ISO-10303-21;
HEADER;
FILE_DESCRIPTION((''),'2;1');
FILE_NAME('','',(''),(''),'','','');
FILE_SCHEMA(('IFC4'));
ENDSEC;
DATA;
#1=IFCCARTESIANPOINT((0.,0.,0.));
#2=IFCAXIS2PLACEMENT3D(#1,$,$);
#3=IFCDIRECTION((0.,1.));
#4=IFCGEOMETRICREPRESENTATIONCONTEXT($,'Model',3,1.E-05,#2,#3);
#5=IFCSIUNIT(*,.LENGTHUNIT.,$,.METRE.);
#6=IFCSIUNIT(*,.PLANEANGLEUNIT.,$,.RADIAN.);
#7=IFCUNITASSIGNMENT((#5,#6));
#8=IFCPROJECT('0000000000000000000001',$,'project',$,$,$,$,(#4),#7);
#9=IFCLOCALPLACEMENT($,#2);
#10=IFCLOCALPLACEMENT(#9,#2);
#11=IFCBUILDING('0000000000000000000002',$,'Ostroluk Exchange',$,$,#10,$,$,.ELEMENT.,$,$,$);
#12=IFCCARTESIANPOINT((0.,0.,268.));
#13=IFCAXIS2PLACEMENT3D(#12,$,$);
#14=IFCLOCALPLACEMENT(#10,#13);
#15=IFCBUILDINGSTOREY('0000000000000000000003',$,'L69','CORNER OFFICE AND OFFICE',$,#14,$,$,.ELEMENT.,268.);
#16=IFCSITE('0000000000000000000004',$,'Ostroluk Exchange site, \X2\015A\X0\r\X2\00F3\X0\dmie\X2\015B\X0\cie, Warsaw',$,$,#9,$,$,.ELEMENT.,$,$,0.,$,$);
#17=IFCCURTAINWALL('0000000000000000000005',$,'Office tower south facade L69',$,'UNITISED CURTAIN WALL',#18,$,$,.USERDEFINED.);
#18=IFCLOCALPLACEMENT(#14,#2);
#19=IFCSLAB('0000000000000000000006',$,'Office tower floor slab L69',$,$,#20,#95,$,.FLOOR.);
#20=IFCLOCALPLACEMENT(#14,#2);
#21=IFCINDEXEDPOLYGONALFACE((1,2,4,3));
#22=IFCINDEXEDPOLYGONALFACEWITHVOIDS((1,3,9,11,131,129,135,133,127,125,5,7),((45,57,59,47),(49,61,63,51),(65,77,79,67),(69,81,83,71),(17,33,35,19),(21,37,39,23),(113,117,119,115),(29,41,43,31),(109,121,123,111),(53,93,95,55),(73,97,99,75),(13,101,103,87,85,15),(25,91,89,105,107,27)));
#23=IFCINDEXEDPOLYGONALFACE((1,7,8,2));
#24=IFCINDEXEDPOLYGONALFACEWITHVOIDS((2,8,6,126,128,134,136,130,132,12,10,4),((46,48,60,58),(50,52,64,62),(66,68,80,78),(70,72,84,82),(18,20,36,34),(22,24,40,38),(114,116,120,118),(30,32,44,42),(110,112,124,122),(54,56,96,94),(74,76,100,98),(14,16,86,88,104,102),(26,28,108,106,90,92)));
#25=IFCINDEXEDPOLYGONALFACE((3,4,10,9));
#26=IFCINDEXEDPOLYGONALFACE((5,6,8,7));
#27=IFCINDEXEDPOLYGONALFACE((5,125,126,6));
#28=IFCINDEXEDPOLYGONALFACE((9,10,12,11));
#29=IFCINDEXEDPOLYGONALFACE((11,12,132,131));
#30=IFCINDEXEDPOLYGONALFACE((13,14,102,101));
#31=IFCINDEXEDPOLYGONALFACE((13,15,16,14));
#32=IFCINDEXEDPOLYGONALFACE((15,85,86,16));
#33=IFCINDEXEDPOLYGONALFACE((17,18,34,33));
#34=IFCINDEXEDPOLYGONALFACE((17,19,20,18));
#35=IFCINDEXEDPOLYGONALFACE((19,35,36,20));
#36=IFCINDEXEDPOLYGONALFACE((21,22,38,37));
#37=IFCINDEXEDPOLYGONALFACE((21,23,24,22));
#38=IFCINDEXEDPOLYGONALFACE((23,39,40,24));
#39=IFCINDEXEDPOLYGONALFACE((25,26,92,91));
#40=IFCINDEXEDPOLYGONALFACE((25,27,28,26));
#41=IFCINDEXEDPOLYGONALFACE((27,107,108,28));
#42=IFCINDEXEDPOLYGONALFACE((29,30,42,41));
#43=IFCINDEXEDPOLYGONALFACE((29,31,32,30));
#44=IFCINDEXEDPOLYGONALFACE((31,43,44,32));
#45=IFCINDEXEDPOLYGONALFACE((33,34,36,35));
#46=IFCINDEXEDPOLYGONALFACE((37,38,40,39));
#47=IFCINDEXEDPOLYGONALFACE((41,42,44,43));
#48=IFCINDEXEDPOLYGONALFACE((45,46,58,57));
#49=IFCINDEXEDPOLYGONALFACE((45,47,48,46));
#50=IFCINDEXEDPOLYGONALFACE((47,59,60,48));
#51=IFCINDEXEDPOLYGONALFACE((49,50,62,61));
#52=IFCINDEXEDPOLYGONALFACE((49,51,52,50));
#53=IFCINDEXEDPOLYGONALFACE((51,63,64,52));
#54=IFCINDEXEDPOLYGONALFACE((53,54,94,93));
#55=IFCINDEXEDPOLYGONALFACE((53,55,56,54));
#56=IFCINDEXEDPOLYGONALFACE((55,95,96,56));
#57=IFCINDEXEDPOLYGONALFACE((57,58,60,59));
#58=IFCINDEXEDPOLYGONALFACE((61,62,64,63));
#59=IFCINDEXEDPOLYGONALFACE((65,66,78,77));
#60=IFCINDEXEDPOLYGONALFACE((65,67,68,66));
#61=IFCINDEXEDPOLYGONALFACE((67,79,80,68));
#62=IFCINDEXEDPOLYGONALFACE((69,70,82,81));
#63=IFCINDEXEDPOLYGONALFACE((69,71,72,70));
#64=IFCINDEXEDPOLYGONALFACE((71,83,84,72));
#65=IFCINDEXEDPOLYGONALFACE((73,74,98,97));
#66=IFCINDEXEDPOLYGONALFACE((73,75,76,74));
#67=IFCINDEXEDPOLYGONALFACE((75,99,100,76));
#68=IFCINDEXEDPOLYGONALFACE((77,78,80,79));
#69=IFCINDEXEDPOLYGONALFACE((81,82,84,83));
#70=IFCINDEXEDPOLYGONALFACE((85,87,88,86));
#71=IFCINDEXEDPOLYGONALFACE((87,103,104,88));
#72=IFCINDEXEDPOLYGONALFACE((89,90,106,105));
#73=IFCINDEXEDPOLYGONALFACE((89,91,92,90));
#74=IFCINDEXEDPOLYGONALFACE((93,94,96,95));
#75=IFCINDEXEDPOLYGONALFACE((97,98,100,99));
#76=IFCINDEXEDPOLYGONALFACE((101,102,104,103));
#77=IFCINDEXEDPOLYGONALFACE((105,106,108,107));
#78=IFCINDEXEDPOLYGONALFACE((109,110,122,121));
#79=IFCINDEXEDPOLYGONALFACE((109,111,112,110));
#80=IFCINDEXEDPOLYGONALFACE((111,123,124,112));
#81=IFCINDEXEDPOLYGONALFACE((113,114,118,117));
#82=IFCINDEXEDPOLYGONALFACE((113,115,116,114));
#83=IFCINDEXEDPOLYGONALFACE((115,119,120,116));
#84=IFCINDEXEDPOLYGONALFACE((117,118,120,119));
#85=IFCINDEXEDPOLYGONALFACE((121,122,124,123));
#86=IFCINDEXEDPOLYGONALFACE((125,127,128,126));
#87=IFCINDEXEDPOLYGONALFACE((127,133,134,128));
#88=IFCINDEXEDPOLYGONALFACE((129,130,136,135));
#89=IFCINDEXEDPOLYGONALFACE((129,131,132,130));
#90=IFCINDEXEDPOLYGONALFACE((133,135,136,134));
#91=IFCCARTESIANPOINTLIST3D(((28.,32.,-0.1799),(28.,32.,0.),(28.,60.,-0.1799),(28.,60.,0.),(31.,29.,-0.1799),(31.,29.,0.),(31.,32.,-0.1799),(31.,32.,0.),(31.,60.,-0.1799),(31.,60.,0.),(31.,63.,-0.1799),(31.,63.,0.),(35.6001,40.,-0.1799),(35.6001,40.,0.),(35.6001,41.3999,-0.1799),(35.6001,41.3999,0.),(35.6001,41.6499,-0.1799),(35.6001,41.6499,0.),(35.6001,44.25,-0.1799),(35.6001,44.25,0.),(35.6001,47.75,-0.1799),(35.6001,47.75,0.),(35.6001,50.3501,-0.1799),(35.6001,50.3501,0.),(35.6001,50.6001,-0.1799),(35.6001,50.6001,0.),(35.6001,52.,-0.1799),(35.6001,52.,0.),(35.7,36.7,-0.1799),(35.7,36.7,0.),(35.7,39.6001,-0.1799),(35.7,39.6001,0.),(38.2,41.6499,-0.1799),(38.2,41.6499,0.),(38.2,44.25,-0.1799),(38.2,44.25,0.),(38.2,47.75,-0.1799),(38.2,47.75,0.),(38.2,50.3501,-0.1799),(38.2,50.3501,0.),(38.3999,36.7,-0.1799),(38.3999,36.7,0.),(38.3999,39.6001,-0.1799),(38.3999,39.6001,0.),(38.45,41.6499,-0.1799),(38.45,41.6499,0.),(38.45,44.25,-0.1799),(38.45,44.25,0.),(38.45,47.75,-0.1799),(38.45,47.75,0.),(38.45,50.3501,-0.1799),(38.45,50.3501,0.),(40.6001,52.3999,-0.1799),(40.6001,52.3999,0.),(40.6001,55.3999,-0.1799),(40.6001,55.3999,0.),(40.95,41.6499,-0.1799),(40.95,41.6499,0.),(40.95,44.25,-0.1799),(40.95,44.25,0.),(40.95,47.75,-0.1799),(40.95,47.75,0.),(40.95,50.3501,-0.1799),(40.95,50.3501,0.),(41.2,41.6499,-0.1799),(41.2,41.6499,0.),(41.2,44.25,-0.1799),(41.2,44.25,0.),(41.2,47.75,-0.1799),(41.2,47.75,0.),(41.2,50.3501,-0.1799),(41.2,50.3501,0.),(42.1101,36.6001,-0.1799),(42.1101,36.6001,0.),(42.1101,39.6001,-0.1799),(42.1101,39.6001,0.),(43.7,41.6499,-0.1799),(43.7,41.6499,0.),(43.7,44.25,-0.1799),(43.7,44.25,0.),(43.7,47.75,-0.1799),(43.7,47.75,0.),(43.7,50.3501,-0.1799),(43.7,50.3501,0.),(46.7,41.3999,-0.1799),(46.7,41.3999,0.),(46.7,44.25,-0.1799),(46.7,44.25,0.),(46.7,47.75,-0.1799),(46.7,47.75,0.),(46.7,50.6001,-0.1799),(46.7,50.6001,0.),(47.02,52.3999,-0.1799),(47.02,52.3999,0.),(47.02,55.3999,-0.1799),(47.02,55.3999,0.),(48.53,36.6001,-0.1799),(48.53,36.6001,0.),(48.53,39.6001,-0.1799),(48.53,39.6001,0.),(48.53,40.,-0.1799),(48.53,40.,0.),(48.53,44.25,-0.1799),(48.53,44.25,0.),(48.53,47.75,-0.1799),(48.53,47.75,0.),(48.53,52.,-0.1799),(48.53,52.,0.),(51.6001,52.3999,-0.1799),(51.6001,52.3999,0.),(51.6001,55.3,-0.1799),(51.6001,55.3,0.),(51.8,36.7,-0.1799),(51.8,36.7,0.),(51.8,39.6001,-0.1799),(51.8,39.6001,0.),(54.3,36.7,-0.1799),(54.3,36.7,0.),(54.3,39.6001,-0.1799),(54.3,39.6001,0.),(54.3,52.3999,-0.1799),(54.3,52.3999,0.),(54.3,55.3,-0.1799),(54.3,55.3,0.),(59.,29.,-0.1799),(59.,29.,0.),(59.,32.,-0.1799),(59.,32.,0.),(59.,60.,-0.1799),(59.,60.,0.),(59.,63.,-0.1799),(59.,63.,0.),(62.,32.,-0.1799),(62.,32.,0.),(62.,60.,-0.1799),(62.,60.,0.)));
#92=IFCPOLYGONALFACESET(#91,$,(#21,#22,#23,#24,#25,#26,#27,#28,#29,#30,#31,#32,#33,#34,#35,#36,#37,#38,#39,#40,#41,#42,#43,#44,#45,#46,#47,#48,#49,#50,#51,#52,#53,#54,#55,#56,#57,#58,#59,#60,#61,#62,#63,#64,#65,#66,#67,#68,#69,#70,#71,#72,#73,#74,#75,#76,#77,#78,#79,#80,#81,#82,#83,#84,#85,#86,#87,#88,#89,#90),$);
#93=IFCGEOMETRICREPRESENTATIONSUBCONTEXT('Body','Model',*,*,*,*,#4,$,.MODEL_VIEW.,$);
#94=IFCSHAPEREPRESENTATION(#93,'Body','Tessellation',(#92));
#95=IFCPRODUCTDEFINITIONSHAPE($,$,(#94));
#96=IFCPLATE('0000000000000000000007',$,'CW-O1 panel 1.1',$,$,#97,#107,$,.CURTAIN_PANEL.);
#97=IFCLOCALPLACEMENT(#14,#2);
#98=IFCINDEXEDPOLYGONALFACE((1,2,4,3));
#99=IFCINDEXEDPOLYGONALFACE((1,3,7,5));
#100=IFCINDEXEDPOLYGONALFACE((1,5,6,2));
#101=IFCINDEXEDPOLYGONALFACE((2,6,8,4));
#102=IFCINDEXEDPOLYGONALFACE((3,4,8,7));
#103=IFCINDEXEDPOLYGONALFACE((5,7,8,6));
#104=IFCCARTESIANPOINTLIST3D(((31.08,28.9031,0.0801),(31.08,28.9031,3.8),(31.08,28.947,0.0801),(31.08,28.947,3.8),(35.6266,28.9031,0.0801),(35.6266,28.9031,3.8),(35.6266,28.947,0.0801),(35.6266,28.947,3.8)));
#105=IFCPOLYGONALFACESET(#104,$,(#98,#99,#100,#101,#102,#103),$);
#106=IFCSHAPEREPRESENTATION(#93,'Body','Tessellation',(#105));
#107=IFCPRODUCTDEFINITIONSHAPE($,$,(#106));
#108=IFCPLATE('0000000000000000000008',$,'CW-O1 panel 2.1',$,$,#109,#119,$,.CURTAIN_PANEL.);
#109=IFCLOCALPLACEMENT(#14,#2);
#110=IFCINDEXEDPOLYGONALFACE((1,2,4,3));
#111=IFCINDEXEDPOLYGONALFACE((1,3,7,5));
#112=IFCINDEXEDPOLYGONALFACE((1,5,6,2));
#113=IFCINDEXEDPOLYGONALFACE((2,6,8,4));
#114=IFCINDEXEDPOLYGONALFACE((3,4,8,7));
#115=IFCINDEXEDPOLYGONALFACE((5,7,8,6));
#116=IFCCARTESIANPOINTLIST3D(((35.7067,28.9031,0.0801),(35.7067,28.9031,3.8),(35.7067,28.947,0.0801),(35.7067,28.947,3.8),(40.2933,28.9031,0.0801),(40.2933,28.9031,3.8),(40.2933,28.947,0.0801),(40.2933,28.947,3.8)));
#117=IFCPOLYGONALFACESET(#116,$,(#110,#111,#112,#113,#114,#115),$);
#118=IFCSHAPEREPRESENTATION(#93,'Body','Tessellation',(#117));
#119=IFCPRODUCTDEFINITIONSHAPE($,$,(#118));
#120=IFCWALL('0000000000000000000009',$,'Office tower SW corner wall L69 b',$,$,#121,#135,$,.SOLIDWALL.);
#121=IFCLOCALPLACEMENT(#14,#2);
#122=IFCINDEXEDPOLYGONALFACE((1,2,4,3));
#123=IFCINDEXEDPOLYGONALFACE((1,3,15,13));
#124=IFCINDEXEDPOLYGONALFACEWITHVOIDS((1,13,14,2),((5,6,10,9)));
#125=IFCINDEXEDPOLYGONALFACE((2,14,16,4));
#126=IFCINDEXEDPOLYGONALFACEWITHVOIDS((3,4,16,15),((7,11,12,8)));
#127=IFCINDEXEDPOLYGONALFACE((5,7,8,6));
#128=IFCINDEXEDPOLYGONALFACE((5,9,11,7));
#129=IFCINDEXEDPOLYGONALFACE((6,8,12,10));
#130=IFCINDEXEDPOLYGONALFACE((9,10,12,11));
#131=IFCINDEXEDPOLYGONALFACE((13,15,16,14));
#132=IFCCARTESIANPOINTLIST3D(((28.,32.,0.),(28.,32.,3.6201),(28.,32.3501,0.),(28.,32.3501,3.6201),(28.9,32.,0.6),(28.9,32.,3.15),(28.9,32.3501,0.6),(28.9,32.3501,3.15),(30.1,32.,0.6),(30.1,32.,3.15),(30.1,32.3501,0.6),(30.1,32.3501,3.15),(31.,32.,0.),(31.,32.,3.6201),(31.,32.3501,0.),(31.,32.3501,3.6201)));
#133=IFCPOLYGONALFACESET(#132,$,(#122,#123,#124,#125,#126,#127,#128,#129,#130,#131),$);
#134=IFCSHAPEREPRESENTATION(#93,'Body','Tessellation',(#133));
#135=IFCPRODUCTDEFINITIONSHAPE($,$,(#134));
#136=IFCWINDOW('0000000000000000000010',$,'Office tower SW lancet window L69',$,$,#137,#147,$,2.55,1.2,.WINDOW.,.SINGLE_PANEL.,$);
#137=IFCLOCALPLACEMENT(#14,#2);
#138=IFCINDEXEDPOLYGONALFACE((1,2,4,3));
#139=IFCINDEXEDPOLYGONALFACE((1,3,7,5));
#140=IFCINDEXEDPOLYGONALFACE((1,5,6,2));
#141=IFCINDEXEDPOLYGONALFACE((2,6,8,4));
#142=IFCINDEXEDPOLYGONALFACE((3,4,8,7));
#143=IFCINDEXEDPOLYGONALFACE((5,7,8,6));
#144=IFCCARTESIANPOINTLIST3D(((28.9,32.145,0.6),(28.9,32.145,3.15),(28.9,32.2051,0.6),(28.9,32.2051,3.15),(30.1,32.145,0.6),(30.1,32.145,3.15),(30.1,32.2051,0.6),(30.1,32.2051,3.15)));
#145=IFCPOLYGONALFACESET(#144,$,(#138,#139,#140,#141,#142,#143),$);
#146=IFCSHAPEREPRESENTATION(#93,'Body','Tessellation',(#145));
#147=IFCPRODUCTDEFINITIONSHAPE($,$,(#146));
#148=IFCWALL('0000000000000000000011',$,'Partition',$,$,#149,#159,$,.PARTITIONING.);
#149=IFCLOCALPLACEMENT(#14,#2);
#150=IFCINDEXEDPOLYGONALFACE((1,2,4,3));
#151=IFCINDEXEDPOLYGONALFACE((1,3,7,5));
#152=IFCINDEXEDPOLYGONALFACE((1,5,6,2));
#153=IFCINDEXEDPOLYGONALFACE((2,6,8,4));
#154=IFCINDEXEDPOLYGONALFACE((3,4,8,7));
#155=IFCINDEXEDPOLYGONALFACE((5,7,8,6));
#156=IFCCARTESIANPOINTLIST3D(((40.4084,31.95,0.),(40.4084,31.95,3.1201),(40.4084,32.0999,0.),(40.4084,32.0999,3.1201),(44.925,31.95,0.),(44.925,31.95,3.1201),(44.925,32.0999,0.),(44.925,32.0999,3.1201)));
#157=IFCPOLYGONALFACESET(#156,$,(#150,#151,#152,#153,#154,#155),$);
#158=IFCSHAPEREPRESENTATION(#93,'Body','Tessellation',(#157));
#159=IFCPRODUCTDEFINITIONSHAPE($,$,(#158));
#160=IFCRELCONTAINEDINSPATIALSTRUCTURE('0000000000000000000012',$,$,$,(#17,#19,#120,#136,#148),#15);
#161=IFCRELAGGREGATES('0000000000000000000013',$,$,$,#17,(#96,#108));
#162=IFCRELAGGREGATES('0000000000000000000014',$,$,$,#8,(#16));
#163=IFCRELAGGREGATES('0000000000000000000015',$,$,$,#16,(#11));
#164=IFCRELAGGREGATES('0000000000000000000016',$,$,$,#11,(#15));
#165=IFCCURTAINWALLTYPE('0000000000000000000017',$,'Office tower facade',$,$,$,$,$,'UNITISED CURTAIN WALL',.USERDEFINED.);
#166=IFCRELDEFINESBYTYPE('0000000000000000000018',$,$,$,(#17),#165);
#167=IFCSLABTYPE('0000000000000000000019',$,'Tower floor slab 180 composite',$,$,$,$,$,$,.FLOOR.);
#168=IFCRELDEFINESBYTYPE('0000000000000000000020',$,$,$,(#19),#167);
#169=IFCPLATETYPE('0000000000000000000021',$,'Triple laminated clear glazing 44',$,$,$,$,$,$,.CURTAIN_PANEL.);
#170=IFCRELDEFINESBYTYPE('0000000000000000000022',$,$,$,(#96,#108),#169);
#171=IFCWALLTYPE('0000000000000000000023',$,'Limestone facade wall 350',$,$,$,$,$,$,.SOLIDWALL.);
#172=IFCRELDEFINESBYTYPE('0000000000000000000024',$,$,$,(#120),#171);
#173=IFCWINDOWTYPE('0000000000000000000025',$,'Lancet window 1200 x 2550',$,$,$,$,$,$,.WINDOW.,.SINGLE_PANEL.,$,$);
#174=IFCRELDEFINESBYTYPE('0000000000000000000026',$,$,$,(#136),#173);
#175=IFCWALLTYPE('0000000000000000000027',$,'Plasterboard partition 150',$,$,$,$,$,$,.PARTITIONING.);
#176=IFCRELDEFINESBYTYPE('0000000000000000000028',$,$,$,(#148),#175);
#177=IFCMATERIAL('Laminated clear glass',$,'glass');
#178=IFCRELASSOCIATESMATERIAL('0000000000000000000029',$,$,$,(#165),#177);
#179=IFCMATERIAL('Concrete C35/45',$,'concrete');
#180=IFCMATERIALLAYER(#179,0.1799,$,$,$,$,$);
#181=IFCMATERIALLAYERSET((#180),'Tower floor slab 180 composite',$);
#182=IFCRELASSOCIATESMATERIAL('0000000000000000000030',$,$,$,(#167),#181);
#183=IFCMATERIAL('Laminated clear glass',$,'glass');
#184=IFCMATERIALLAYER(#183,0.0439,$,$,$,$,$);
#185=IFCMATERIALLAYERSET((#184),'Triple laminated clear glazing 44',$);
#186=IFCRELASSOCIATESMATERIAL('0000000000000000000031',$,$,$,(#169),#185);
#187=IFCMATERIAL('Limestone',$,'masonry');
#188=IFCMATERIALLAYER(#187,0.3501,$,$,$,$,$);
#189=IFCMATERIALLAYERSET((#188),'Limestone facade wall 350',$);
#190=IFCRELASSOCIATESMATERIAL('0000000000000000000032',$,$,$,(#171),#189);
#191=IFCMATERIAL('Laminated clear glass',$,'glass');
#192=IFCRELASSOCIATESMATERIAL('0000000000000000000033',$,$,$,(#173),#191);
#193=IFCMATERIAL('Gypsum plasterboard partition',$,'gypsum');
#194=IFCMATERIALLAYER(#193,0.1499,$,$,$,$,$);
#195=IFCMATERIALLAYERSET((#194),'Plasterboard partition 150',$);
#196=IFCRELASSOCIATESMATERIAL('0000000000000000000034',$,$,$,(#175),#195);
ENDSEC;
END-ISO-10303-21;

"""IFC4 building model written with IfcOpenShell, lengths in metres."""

from ifc_helpers import new_model, si_unit, direction, frame, frame_2d, origin, origin_2d, place, context, subcontext, project, spatial, polyline, rectangle, outline, extrude, material, layer, layer_set, type_object, element, fill, aggregate, save


model = new_model("IFC4")

# Units and contexts
model_context = context("Model", 3, precision=1e-05, world=origin(), true_north=direction((0.0, 1.0)))
body_context = subcontext(model_context, "Body", "Model", "MODEL_VIEW")
ifc_project = project(units=[si_unit("LENGTHUNIT", "METRE"), si_unit("PLANEANGLEUNIT", "RADIAN")], contexts=[model_context])

# Site, building, storey
site_placement = place(None, origin())
site = spatial("IfcSite", under=ifc_project, at=site_placement, Name="Ostroluk Exchange site, Śródmieście, Warsaw", CompositionType="ELEMENT", RefElevation=0.0)
building_placement = place(site_placement, origin())
building = spatial("IfcBuilding", under=site, at=building_placement, Name="Ostroluk Exchange", CompositionType="ELEMENT")
storey_placement = place(building_placement, frame((0.0, 0.0, 268.0)))
storey = spatial("IfcBuildingStorey", under=building, at=storey_placement, Name="L69", Description="CORNER OFFICE AND OFFICE", CompositionType="ELEMENT", Elevation=268.0)

# Curtain wall
ifc_material_1 = material(Name="Laminated clear glass", Category="glass")
curtain_wall_type = type_object("IfcCurtainWallType", Name="Office tower facade", ElementType="UNITISED CURTAIN WALL", PredefinedType="USERDEFINED", material=ifc_material_1)
curtain_wall_1_placement = place(storey_placement, origin())
curtain_wall_1 = element("IfcCurtainWall", 1, at=curtain_wall_1_placement, inside=storey, type_object=curtain_wall_type, Name="Office tower south facade L69", ObjectType="UNITISED CURTAIN WALL", PredefinedType="USERDEFINED")

# Slab
ifc_material_2 = material(Name="Concrete C35/45", Category="concrete")
ifc_layer_1 = layer(ifc_material_2, 0.1799)
ifc_layer_set_1 = layer_set([ifc_layer_1], Name="Tower floor slab 180 composite")
slab_type_1 = type_object("IfcSlabType", Name="Tower floor slab 180 composite", PredefinedType="FLOOR", material=ifc_layer_set_1)
slab_1_placement = place(storey_placement, frame((0.0, 0.0, -0.1799)))
element("IfcSlab", 2, at=slab_1_placement, inside=storey, type_object=slab_type_1, Name="Office tower floor slab L69", PredefinedType="FLOOR", context=body_context, shape_type="SweptSolid", body=[
    extrude(outline(polyline([(31.0, 29.0), (59.0, 29.0), (59.0, 32.0), (62.0, 32.0), (62.0, 60.0), (59.0, 60.0), (59.0, 63.0), (31.0, 63.0), (31.0, 60.0), (28.0, 60.0), (28.0, 32.0), (31.0, 32.0), (31.0, 29.0)]), holes=[polyline([(35.7, 36.7), (38.3999, 36.7), (38.3999, 39.6001), (35.7, 39.6001), (35.7, 36.7)]), polyline([(42.1101, 36.6001), (48.53, 36.6001), (48.53, 39.6001), (42.1101, 39.6001), (42.1101, 36.6001)]), polyline([(51.8, 36.7), (54.3, 36.7), (54.3, 39.6001), (51.8, 39.6001), (51.8, 36.7)]), polyline([(40.6001, 52.3999), (47.02, 52.3999), (47.02, 55.3999), (40.6001, 55.3999), (40.6001, 52.3999)]), polyline([(51.6001, 52.3999), (54.3, 52.3999), (54.3, 55.3), (51.6001, 55.3), (51.6001, 52.3999)]), polyline([(35.6001, 47.75), (38.2, 47.75), (38.2, 50.3501), (35.6001, 50.3501), (35.6001, 47.75)]), polyline([(38.45, 47.75), (40.95, 47.75), (40.95, 50.3501), (38.45, 50.3501), (38.45, 47.75)]), polyline([(41.2, 47.75), (43.7, 47.75), (43.7, 50.3501), (41.2, 50.3501), (41.2, 47.75)]), polyline([(35.6001, 41.6499), (38.2, 41.6499), (38.2, 44.25), (35.6001, 44.25), (35.6001, 41.6499)]), polyline([(38.45, 41.6499), (40.95, 41.6499), (40.95, 44.25), (38.45, 44.25), (38.45, 41.6499)]), polyline([(41.2, 41.6499), (43.7, 41.6499), (43.7, 44.25), (41.2, 44.25), (41.2, 41.6499)]), polyline([(48.53, 52.0), (48.53, 47.75), (46.7, 47.75), (46.7, 50.6001), (35.6001, 50.6001), (35.6001, 52.0), (48.53, 52.0)]), polyline([(35.6001, 40.0), (35.6001, 41.3999), (46.7, 41.3999), (46.7, 44.25), (48.53, 44.25), (48.53, 40.0), (35.6001, 40.0)])]), origin(), (0.0, 0.0, 1.0), 0.1799),
])

# Plates
ifc_material_3 = material(Name="Laminated clear glass", Category="glass")
ifc_layer_2 = layer(ifc_material_3, 0.0439)
ifc_layer_set_2 = layer_set([ifc_layer_2], Name="Triple laminated clear glazing 44")
plate_type_1 = type_object("IfcPlateType", Name="Triple laminated clear glazing 44", PredefinedType="CURTAIN_PANEL", material=ifc_layer_set_2)
plate_1_placement = place(storey_placement, frame((33.3533, 28.925, 0.0801), z_axis=(0.0, 0.0, 1.0), x_axis=(1.0, 0.0, 0.0)))
plate_1 = element("IfcPlate", 3, at=plate_1_placement, type_object=plate_type_1, Name="CW-O1 panel 1.1", PredefinedType="CURTAIN_PANEL", context=body_context, shape_type="SweptSolid", body=[
    extrude(rectangle(XDim=4.5466, YDim=0.0439, at=origin_2d()), origin(), (0.0, 0.0, 1.0), 3.72),
])
plate_2_placement = place(storey_placement, frame((38.0, 28.925, 0.0801), z_axis=(0.0, 0.0, 1.0), x_axis=(1.0, 0.0, 0.0)))
plate_2 = element("IfcPlate", 4, at=plate_2_placement, type_object=plate_type_1, Name="CW-O1 panel 2.1", PredefinedType="CURTAIN_PANEL", context=body_context, shape_type="SweptSolid", body=[
    extrude(rectangle(XDim=4.5867, YDim=0.0439, at=origin_2d()), origin(), (0.0, 0.0, 1.0), 3.72),
])
aggregate(curtain_wall_1, [plate_1, plate_2])

# Shared definitions
ifc_material_4 = material(Name="Limestone", Category="masonry")
ifc_layer_3 = layer(ifc_material_4, 0.3501)
ifc_layer_set_3 = layer_set([ifc_layer_3], Name="Limestone facade wall 350")
wall_type_1 = type_object("IfcWallType", Name="Limestone facade wall 350", PredefinedType="SOLIDWALL", material=ifc_layer_set_3)

# Wall, opening, window
wall_1_placement = place(storey_placement, frame((31.0, 32.175, 0.0), z_axis=(0.0, 0.0, 1.0), x_axis=(-1.0, 0.0, 0.0)))
wall_1 = element("IfcWall", 5, at=wall_1_placement, inside=storey, type_object=wall_type_1, Name="Office tower SW corner wall L69 b", PredefinedType="SOLIDWALL", context=body_context, shape_type="SweptSolid", body=[
    extrude(rectangle(XDim=3.0, YDim=0.3501, at=frame_2d((1.5, 0.0))), origin(), (0.0, 0.0, 1.0), 3.6201),
])
opening_1_placement = place(wall_1_placement, frame((0.8999, 0.0, 0.6001)))
opening_1 = element("IfcOpeningElement", 6, at=opening_1_placement, cuts=wall_1, PredefinedType="OPENING", context=body_context, shape_type="SweptSolid", body=[
    extrude(rectangle(XDim=1.2, YDim=2.55, at=frame_2d((0.6001, 1.2749))), frame((0.0, 0.1851, 0.0), z_axis=(0.0, -1.0, 0.0), x_axis=(1.0, 0.0, 0.0)), (0.0, 0.0, 1.0), 0.3701),
])
ifc_material_5 = material(Name="Laminated clear glass", Category="glass")
window_type = type_object("IfcWindowType", Name="Lancet window 1200 x 2550", PartitioningType="SINGLE_PANEL", PredefinedType="WINDOW", material=ifc_material_5)
window_placement = place(opening_1_placement, origin())
window = element("IfcWindow", 7, at=window_placement, inside=storey, type_object=window_type, Name="Office tower SW lancet window L69", OverallHeight=2.55, OverallWidth=1.2, PartitioningType="SINGLE_PANEL", PredefinedType="WINDOW", context=body_context, shape_type="SweptSolid", body=[
    extrude(rectangle(XDim=1.2, YDim=2.55, at=frame_2d((0.6001, 1.2749))), frame((0.0, 0.03, 0.0), z_axis=(0.0, -1.0, 0.0), x_axis=(1.0, 0.0, 0.0)), (0.0, 0.0, 1.0), 0.0601),
])
fill(opening_1, window)

# Wall
ifc_material_6 = material(Name="Gypsum plasterboard partition", Category="gypsum")
ifc_layer_4 = layer(ifc_material_6, 0.1499)
ifc_layer_set_4 = layer_set([ifc_layer_4], Name="Plasterboard partition 150")
wall_type_2 = type_object("IfcWallType", Name="Plasterboard partition 150", PredefinedType="PARTITIONING", material=ifc_layer_set_4)
wall_2_placement = place(storey_placement, frame((40.4084, 32.0249, 0.0), z_axis=(0.0, 0.0, 1.0), x_axis=(1.0, 0.0, 0.0)))
element("IfcWall", 8, at=wall_2_placement, inside=storey, type_object=wall_type_2, Name="Partition", PredefinedType="PARTITIONING", context=body_context, shape_type="SweptSolid", body=[
    extrude(rectangle(XDim=4.5166, YDim=0.1499, at=frame_2d((2.2583, 0.0))), origin(), (0.0, 0.0, 1.0), 3.1201),
])

save(model, "model.ifc")
